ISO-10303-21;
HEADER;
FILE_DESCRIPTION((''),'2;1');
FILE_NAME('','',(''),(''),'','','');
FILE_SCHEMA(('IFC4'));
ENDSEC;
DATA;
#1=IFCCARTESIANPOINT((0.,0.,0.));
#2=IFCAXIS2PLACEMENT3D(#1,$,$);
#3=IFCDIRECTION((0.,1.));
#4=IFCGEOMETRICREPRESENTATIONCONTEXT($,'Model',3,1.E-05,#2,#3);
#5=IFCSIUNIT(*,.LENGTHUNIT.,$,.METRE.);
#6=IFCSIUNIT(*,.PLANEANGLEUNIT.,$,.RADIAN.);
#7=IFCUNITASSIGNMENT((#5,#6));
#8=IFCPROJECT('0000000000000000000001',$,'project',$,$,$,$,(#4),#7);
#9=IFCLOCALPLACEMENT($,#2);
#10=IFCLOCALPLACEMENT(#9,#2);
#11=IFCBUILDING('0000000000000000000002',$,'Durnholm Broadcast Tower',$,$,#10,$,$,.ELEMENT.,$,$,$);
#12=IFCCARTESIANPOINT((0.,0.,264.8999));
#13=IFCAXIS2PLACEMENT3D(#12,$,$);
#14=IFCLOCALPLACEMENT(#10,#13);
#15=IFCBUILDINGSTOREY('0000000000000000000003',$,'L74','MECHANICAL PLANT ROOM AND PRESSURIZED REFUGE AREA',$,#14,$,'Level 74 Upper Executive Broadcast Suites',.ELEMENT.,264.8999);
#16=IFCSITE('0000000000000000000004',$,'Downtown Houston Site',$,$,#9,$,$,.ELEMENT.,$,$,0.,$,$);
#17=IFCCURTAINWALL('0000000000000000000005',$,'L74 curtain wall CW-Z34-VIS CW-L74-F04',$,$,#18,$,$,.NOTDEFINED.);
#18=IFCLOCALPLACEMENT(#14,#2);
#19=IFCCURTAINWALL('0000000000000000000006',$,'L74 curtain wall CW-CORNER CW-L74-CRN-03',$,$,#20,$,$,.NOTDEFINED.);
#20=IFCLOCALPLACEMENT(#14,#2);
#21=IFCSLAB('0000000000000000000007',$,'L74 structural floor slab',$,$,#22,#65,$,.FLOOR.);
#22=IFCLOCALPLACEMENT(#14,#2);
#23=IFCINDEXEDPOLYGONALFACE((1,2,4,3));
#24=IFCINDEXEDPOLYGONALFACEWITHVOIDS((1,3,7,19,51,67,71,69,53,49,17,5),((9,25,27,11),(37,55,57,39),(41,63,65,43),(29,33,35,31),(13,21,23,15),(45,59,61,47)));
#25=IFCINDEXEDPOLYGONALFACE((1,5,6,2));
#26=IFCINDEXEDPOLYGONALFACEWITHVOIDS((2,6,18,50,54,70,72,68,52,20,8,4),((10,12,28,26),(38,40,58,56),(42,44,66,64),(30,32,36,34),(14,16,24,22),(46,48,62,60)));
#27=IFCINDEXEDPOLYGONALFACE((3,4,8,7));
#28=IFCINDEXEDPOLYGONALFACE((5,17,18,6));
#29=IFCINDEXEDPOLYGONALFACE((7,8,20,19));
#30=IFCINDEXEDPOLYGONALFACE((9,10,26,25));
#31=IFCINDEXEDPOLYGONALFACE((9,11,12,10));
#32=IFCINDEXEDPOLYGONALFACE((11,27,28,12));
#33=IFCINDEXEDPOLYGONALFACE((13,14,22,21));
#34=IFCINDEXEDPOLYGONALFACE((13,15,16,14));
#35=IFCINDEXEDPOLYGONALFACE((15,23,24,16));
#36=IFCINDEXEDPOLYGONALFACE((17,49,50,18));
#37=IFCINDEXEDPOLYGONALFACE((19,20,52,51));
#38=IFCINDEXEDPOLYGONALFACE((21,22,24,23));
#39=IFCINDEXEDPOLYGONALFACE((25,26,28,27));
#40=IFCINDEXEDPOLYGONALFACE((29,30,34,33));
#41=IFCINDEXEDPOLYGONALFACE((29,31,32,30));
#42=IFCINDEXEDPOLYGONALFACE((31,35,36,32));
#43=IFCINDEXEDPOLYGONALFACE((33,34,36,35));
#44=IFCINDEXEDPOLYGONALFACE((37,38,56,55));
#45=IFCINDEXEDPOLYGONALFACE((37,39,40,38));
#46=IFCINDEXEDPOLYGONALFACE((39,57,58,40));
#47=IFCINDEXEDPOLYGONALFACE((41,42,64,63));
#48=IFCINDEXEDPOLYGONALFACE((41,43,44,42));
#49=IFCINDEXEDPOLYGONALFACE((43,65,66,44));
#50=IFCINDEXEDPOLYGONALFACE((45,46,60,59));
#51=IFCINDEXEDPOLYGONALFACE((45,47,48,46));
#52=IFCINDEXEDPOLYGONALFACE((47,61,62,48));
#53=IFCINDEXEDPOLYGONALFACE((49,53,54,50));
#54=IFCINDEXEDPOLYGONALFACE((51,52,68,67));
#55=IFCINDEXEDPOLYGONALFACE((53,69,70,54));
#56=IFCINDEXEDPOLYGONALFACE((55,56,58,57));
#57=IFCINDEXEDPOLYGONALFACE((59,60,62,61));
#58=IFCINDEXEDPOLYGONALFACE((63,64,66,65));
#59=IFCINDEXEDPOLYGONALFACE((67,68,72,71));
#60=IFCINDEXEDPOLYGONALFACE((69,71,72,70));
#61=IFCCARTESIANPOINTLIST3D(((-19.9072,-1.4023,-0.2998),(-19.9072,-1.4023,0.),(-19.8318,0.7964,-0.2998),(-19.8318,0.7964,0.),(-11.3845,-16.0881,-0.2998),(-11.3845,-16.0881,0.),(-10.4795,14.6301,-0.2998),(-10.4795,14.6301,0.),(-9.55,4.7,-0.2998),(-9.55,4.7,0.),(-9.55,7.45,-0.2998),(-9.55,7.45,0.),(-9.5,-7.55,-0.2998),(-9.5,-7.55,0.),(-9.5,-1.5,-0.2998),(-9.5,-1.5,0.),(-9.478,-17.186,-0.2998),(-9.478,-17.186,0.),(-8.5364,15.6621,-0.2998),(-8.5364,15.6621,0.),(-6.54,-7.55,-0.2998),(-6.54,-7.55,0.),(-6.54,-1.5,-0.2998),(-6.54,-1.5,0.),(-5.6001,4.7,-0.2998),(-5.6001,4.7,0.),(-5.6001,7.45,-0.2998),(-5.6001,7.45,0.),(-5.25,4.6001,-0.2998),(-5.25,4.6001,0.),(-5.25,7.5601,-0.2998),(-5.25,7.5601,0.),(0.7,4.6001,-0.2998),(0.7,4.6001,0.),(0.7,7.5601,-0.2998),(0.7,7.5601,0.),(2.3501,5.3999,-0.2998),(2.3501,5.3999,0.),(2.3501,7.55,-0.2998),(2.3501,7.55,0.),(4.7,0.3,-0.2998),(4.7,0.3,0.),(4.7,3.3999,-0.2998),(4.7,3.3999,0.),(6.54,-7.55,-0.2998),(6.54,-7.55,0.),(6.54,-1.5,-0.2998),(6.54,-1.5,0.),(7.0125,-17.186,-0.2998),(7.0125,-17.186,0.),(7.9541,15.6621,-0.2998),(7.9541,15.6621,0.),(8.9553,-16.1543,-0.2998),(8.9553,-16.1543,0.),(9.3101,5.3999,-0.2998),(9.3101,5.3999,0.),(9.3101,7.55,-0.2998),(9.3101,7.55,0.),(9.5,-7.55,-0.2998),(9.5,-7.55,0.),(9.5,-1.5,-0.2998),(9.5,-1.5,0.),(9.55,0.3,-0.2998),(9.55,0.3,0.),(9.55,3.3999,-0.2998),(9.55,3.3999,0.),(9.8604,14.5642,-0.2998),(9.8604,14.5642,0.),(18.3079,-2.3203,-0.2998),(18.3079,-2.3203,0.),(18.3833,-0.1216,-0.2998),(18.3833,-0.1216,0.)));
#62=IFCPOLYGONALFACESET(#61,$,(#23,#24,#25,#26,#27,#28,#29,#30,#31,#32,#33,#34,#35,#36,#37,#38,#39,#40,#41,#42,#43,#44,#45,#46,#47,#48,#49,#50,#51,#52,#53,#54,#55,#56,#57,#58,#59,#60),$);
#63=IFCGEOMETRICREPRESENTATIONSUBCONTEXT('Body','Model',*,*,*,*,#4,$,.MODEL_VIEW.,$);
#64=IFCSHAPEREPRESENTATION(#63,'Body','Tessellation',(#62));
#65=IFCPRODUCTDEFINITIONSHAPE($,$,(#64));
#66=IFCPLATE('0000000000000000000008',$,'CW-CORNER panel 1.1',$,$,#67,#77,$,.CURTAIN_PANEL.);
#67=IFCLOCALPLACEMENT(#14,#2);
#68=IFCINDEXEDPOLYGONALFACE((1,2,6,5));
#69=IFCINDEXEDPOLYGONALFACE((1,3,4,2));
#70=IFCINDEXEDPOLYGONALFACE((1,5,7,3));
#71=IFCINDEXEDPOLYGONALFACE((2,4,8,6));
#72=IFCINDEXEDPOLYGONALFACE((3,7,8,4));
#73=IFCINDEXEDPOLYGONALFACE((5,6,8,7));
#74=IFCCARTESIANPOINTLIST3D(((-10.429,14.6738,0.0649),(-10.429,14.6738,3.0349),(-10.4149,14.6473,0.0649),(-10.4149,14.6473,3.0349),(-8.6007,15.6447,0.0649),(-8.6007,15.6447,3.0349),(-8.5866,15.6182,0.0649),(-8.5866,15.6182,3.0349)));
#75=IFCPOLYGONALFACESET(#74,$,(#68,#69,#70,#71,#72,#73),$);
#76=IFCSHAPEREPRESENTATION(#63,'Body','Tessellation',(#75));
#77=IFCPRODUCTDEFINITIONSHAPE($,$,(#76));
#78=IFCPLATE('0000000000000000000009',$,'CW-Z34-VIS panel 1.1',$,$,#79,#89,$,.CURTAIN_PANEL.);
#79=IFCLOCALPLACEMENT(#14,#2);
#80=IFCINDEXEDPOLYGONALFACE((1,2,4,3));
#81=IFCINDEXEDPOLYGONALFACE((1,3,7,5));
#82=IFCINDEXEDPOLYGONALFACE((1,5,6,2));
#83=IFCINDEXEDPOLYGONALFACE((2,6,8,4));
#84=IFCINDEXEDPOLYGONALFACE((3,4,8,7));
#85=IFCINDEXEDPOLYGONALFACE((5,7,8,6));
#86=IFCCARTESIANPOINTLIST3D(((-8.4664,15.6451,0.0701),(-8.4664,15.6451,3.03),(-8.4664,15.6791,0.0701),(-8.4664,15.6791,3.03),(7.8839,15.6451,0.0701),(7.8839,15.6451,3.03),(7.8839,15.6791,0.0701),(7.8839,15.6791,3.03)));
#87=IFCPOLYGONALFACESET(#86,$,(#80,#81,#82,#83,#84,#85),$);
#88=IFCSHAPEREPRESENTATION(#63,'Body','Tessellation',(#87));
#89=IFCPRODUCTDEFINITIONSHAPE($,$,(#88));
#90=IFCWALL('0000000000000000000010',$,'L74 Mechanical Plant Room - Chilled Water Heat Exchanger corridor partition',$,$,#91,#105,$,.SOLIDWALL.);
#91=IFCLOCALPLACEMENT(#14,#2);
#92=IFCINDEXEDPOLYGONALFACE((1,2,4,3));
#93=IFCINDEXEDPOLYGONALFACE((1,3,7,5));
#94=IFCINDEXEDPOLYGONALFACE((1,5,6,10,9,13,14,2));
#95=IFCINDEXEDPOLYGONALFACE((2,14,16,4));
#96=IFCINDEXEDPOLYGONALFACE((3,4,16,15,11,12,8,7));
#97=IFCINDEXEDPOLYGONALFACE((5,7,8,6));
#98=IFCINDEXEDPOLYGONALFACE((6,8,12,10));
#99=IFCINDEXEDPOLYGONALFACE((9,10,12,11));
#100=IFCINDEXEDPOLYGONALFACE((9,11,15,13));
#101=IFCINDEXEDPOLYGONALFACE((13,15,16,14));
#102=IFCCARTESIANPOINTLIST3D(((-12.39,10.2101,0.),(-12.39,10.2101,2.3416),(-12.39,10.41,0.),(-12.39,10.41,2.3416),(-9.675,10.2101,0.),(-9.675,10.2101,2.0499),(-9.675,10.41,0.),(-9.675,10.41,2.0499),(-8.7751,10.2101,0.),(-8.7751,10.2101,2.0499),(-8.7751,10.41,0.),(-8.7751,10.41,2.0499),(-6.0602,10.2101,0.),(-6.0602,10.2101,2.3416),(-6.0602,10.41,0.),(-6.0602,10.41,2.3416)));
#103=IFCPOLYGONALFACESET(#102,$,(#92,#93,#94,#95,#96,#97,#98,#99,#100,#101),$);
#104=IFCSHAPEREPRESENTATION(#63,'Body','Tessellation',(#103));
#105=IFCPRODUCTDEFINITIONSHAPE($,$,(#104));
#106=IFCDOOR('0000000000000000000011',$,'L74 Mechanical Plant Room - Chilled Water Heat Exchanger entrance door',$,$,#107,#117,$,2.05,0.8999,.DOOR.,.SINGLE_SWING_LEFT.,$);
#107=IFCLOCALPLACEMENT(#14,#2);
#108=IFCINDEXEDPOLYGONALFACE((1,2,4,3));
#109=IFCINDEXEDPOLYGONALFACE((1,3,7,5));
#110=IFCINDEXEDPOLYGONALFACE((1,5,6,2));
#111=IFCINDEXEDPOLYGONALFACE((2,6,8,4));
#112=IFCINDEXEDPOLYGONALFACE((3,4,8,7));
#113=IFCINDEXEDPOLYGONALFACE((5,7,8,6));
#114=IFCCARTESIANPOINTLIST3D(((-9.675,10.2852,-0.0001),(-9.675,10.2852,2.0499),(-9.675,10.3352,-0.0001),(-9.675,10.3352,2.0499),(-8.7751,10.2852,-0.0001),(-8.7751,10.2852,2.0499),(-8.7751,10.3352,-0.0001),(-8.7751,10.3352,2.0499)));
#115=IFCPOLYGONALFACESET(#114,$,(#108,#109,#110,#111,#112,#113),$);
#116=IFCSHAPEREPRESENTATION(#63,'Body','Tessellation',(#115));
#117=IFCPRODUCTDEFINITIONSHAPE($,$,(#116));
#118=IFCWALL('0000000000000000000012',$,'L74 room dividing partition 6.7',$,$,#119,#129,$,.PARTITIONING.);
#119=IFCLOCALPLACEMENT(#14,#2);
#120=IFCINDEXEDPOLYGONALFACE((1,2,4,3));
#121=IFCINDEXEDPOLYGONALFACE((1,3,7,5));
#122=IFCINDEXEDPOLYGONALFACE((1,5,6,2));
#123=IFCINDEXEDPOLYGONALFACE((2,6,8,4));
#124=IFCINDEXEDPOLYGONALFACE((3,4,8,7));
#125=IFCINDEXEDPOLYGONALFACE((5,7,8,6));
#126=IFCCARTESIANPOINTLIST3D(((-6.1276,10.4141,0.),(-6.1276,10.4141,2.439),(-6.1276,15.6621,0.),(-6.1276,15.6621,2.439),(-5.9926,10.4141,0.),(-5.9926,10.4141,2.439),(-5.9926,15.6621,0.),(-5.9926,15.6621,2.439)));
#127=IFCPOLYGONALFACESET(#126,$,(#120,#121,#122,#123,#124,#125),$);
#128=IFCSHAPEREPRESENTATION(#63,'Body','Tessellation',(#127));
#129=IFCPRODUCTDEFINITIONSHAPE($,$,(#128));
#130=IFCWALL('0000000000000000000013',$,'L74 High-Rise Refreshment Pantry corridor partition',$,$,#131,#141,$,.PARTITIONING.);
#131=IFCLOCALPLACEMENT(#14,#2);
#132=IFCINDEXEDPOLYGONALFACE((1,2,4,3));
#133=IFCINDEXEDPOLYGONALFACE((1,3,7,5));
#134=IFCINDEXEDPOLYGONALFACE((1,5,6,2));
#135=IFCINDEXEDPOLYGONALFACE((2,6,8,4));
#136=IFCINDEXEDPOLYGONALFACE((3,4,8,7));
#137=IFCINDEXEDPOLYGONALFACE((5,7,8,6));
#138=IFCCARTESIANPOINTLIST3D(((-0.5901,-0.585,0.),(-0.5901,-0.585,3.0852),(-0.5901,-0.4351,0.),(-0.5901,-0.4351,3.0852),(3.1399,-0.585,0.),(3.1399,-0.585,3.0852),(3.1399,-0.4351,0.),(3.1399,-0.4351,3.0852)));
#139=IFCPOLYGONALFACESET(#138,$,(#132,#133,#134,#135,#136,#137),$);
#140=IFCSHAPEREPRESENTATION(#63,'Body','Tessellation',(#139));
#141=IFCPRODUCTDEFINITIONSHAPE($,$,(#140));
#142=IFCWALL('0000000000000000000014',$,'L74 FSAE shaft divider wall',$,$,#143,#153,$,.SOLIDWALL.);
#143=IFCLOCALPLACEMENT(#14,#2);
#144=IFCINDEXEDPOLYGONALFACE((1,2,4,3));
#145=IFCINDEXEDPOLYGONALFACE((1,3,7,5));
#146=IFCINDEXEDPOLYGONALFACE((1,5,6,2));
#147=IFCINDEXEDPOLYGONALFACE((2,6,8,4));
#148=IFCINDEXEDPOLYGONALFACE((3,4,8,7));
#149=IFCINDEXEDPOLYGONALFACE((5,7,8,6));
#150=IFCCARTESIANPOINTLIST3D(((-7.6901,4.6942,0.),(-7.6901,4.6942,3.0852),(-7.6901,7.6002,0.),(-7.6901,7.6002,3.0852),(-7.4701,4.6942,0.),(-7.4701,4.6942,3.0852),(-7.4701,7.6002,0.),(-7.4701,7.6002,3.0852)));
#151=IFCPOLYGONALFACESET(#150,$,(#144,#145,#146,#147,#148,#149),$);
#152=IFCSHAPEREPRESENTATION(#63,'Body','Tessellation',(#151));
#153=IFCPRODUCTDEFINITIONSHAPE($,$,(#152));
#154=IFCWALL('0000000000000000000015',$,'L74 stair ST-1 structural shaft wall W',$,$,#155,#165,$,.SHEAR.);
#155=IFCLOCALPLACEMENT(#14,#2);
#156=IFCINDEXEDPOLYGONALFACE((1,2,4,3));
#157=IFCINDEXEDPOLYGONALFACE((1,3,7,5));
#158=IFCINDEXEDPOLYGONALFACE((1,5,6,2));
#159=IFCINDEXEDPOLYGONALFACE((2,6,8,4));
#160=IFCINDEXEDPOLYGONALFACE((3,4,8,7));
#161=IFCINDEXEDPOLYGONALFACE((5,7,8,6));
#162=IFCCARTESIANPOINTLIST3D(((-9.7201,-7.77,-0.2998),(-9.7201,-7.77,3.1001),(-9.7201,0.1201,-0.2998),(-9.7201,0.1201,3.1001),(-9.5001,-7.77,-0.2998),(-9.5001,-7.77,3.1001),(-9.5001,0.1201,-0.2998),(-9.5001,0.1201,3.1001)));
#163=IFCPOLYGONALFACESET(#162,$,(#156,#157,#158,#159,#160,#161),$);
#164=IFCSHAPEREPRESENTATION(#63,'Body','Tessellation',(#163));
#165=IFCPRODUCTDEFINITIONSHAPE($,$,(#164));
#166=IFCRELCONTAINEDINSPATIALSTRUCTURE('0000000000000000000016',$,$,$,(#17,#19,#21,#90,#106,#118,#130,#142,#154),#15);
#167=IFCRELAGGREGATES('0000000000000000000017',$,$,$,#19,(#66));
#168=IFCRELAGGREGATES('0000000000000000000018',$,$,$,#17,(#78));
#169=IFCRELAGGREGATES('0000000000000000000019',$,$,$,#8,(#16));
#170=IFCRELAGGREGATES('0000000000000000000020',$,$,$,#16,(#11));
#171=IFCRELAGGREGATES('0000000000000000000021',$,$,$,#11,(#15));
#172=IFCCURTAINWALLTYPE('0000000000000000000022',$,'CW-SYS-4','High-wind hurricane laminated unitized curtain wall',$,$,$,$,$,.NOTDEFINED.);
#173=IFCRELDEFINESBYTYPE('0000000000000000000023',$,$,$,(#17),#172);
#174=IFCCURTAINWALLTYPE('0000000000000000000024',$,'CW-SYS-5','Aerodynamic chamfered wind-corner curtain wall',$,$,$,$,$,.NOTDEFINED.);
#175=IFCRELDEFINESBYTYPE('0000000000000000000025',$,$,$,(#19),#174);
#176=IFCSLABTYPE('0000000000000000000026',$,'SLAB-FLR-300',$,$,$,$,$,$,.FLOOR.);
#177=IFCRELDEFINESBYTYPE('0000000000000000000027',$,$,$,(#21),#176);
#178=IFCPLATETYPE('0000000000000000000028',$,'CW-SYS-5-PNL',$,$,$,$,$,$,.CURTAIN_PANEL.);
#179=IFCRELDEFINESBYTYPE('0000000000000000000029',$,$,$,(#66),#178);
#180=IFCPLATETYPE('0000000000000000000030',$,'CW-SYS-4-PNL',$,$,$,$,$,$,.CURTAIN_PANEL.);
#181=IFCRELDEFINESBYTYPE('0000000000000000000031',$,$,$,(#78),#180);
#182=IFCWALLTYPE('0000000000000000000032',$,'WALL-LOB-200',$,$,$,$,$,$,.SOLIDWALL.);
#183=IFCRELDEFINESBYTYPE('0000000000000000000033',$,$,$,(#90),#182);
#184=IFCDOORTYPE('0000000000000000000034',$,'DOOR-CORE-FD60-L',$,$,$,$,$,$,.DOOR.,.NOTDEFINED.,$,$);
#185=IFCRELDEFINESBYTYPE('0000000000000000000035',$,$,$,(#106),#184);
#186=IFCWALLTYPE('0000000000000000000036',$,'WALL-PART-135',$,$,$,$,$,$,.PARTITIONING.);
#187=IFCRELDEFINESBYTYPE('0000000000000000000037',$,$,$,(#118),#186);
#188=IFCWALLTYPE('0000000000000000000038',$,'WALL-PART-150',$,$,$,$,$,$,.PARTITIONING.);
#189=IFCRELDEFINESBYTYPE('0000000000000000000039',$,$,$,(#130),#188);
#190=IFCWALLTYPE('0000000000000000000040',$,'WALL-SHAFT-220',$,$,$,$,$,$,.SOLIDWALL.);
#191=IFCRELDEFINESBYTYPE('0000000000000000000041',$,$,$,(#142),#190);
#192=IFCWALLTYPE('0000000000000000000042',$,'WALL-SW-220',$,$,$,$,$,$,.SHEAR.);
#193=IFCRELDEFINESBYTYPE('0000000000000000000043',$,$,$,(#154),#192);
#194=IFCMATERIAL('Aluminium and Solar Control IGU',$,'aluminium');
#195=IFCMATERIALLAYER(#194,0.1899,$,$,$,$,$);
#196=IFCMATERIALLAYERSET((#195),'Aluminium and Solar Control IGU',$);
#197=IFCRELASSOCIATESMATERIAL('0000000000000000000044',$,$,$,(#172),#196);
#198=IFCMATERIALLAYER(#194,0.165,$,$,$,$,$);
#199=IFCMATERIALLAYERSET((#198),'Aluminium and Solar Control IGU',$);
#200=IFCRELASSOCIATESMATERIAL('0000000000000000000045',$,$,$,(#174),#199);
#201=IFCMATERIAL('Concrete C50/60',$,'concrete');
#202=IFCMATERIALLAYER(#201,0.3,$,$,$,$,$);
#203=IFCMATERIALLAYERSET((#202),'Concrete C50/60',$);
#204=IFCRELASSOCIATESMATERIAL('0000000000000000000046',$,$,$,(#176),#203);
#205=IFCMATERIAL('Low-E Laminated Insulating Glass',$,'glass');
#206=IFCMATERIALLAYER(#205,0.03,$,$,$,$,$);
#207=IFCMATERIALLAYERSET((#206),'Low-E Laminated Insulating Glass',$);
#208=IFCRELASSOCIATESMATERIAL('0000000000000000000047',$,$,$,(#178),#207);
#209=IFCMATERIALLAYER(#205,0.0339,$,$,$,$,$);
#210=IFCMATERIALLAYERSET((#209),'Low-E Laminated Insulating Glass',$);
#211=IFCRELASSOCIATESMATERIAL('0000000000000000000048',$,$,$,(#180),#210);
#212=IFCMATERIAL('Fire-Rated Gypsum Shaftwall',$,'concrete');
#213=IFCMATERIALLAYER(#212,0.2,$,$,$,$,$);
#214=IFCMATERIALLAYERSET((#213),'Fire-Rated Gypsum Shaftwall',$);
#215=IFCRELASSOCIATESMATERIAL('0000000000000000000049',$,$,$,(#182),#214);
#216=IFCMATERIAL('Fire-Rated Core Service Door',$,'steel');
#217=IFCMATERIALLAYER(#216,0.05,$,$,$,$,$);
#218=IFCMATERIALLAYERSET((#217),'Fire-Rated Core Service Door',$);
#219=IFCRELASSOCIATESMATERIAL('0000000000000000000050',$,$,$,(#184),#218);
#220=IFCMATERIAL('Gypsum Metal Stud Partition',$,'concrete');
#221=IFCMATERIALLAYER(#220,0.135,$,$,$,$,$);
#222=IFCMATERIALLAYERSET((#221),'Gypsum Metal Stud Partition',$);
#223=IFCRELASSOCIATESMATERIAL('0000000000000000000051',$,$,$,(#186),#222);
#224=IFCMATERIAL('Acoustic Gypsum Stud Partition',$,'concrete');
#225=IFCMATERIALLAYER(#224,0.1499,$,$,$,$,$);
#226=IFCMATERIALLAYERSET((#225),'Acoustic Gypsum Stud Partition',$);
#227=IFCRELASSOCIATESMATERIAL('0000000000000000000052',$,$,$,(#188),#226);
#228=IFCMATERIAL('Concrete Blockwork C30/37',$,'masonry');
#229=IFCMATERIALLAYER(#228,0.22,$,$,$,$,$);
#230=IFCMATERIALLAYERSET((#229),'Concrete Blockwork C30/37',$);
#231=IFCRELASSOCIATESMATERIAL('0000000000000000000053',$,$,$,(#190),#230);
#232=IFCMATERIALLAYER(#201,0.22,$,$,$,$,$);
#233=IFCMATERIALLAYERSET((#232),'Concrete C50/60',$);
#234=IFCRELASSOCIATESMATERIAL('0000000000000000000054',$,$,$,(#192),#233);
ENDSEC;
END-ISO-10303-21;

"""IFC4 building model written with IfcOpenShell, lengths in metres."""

from ifc_helpers import new_model, si_unit, direction, frame, frame_2d, origin, origin_2d, place, context, subcontext, project, spatial, polyline, rectangle, outline, extrude, source, transform, mapped, material, layer, layer_set, type_object, type_shapes, element, fill, aggregate, save


model = new_model("IFC4")

# Units and contexts
model_context = context("Model", 3, precision=1e-05, world=origin(), true_north=direction((0.0, 1.0)))
body_context = subcontext(model_context, "Body", "Model", "MODEL_VIEW")
ifc_project = project(units=[si_unit("LENGTHUNIT", "METRE"), si_unit("PLANEANGLEUNIT", "RADIAN")], contexts=[model_context])

# Site, building, storey
site_placement = place(None, origin())
site = spatial("IfcSite", under=ifc_project, at=site_placement, Name="Downtown Houston Site", CompositionType="ELEMENT", RefElevation=0.0)
building_placement = place(site_placement, origin())
building = spatial("IfcBuilding", under=site, at=building_placement, Name="Durnholm Broadcast Tower", CompositionType="ELEMENT")
storey_placement = place(building_placement, frame((0.0, 0.0, 264.8999)))
storey = spatial("IfcBuildingStorey", under=building, at=storey_placement, Name="L74", Description="MECHANICAL PLANT ROOM AND PRESSURIZED REFUGE AREA", LongName="Level 74 Upper Executive Broadcast Suites", CompositionType="ELEMENT", Elevation=264.8999)

# Curtain wall
ifc_material_1 = material(Name="Aluminium and Solar Control IGU", Category="aluminium")
ifc_layer_1 = layer(ifc_material_1, 0.1899)
ifc_layer_set_1 = layer_set([ifc_layer_1], Name="Aluminium and Solar Control IGU")
curtain_wall_type_1 = type_object("IfcCurtainWallType", Name="CW-SYS-4", Description="High-wind hurricane laminated unitized curtain wall", PredefinedType="NOTDEFINED", material=ifc_layer_set_1)
curtain_wall_1_placement = place(storey_placement, origin())
curtain_wall_1 = element("IfcCurtainWall", 1, at=curtain_wall_1_placement, inside=storey, type_object=curtain_wall_type_1, Name="L74 curtain wall CW-Z34-VIS CW-L74-F04", PredefinedType="NOTDEFINED")

# Curtain wall
ifc_layer_2 = layer(ifc_material_1, 0.165)
ifc_layer_set_2 = layer_set([ifc_layer_2], Name="Aluminium and Solar Control IGU")
curtain_wall_type_2 = type_object("IfcCurtainWallType", Name="CW-SYS-5", Description="Aerodynamic chamfered wind-corner curtain wall", PredefinedType="NOTDEFINED", material=ifc_layer_set_2)
curtain_wall_2_placement = place(storey_placement, origin())
curtain_wall_2 = element("IfcCurtainWall", 2, at=curtain_wall_2_placement, inside=storey, type_object=curtain_wall_type_2, Name="L74 curtain wall CW-CORNER CW-L74-CRN-03", PredefinedType="NOTDEFINED")

# Slab
ifc_material_2 = material(Name="Concrete C50/60", Category="concrete")
ifc_layer_3 = layer(ifc_material_2, 0.3)
ifc_layer_set_3 = layer_set([ifc_layer_3], Name="Concrete C50/60")
slab_type = type_object("IfcSlabType", Name="SLAB-FLR-300", PredefinedType="FLOOR", material=ifc_layer_set_3)
slab_placement = place(storey_placement, frame((0.0, 0.0, -0.2998)))
element("IfcSlab", 3, at=slab_placement, inside=storey, type_object=slab_type, Name="L74 structural floor slab", PredefinedType="FLOOR", context=body_context, shape_type="SweptSolid", body=[
    extrude(outline(polyline([(-11.3845, -16.0881), (-9.478, -17.186), (7.0125, -17.186), (8.9553, -16.1543), (18.3079, -2.3203), (18.3833, -0.1216), (9.8604, 14.5642), (7.9541, 15.6621), (-8.5364, 15.6621), (-10.4795, 14.6301), (-19.8318, 0.7964), (-19.9072, -1.4023), (-11.3845, -16.0881)]), holes=[polyline([(-6.54, -1.5), (-9.5, -1.5), (-9.5, -7.55), (-6.54, -7.55), (-6.54, -1.5)]), polyline([(9.5, -7.55), (9.5, -1.5), (6.54, -1.5), (6.54, -7.55), (9.5, -7.55)]), polyline([(9.55, 3.3999), (4.7, 3.3999), (4.7, 0.3), (9.55, 0.3), (9.55, 3.3999)]), polyline([(-9.55, 7.45), (-9.55, 4.7), (-5.6001, 4.7), (-5.6001, 7.45), (-9.55, 7.45)]), polyline([(-5.25, 4.6001), (0.7, 4.6001), (0.7, 7.5601), (-5.25, 7.5601), (-5.25, 4.6001)]), polyline([(9.3101, 7.55), (2.3501, 7.55), (2.3501, 5.3999), (9.3101, 5.3999), (9.3101, 7.55)])]), origin(), (0.0, 0.0, 1.0), 0.2998),
])

# Plates
ifc_material_3 = material(Name="Low-E Laminated Insulating Glass", Category="glass")
ifc_layer_4 = layer(ifc_material_3, 0.03)
ifc_layer_set_4 = layer_set([ifc_layer_4], Name="Low-E Laminated Insulating Glass")
plate_type_1 = type_object("IfcPlateType", Name="CW-SYS-5-PNL", PredefinedType="CURTAIN_PANEL", material=ifc_layer_set_4)
shared_shape_1 = source(origin(), body_context, "Body", "SweptSolid", [
    extrude(rectangle(XDim=2.0701, YDim=0.03, at=origin_2d()), origin(), (0.0, 0.0, 1.0), 2.97),
])
type_shapes(plate_type_1, [shared_shape_1])
plate_1_placement = place(storey_placement, frame((-9.5078, 15.146, 0.0649), z_axis=(0.0, 0.0, 1.0), x_axis=(0.883195, 0.469007, 0.0)))
plate_1 = element("IfcPlate", 4, at=plate_1_placement, type_object=plate_type_1, Name="CW-CORNER panel 1.1", PredefinedType="CURTAIN_PANEL", context=body_context, shape_type="MappedRepresentation", body=[
    mapped(shared_shape_1, transform((0.0, 0.0, 0.0), x_axis=(1.0, 0.0, 0.0), y_axis=(0.0, 1.0, 0.0), z_axis=(0.0, 0.0, 1.0), scale=1.0)),
])
aggregate(curtain_wall_2, [plate_1])
ifc_layer_5 = layer(ifc_material_3, 0.0339)
ifc_layer_set_5 = layer_set([ifc_layer_5], Name="Low-E Laminated Insulating Glass")
plate_type_2 = type_object("IfcPlateType", Name="CW-SYS-4-PNL", PredefinedType="CURTAIN_PANEL", material=ifc_layer_set_5)
shared_shape_2 = source(origin(), body_context, "Body", "SweptSolid", [
    extrude(rectangle(XDim=16.3503, YDim=0.0339, at=origin_2d()), origin(), (0.0, 0.0, 1.0), 2.96),
])
type_shapes(plate_type_2, [shared_shape_2])
plate_2_placement = place(storey_placement, frame((-0.2913, 15.6621, 0.0701), z_axis=(0.0, 0.0, 1.0), x_axis=(1.0, 0.0, 0.0)))
plate_2 = element("IfcPlate", 5, at=plate_2_placement, type_object=plate_type_2, Name="CW-Z34-VIS panel 1.1", PredefinedType="CURTAIN_PANEL", context=body_context, shape_type="MappedRepresentation", body=[
    mapped(shared_shape_2, transform((0.0, 0.0, 0.0), x_axis=(1.0, 0.0, 0.0), y_axis=(0.0, 1.0, 0.0), z_axis=(0.0, 0.0, 1.0), scale=1.0)),
])
aggregate(curtain_wall_1, [plate_2])

# Wall, opening, door
ifc_material_4 = material(Name="Fire-Rated Gypsum Shaftwall", Category="concrete")
ifc_layer_6 = layer(ifc_material_4, 0.2)
ifc_layer_set_6 = layer_set([ifc_layer_6], Name="Fire-Rated Gypsum Shaftwall")
wall_type_1 = type_object("IfcWallType", Name="WALL-LOB-200", PredefinedType="SOLIDWALL", material=ifc_layer_set_6)
wall_1_placement = place(storey_placement, frame((-6.0601, 10.3101, 0.0), z_axis=(0.0, 0.0, 1.0), x_axis=(-1.0, 0.0, 0.0)))
wall_1 = element("IfcWall", 6, at=wall_1_placement, inside=storey, type_object=wall_type_1, Name="L74 Mechanical Plant Room - Chilled Water Heat Exchanger corridor partition", PredefinedType="SOLIDWALL", context=body_context, shape_type="SweptSolid", body=[
    extrude(rectangle(XDim=6.3298, YDim=0.2, at=frame_2d((3.165, 0.0))), origin(), (0.0, 0.0, 1.0), 2.3416),
])
opening_1_placement = place(wall_1_placement, frame((2.7151, 0.0, 0.0)))
opening_1 = element("IfcOpeningElement", 7, at=opening_1_placement, cuts=wall_1, PredefinedType="OPENING", context=body_context, shape_type="SweptSolid", body=[
    extrude(rectangle(XDim=0.8999, YDim=2.05, at=frame_2d((0.45, 1.0249))), frame((0.0, 0.1099, 0.0), z_axis=(0.0, -1.0, 0.0), x_axis=(1.0, 0.0, 0.0)), (0.0, 0.0, 1.0), 0.22),
])
ifc_material_5 = material(Name="Fire-Rated Core Service Door", Category="steel")
ifc_layer_7 = layer(ifc_material_5, 0.05)
ifc_layer_set_7 = layer_set([ifc_layer_7], Name="Fire-Rated Core Service Door")
door_type_1 = type_object("IfcDoorType", Name="DOOR-CORE-FD60-L", OperationType="NOTDEFINED", PredefinedType="DOOR", material=ifc_layer_set_7)
shared_shape_3 = source(origin(), body_context, "Body", "SweptSolid", [
    extrude(rectangle(XDim=0.8999, YDim=2.05, at=frame_2d((0.45, 1.0249))), frame((0.0, 0.0249, 0.0), z_axis=(0.0, -1.0, 0.0), x_axis=(1.0, 0.0, 0.0)), (0.0, 0.0, 1.0), 0.05),
])
type_shapes(door_type_1, [shared_shape_3])
door_1_placement = place(opening_1_placement, origin())
door_1 = element("IfcDoor", 8, at=door_1_placement, inside=storey, type_object=door_type_1, Name="L74 Mechanical Plant Room - Chilled Water Heat Exchanger entrance door", OperationType="SINGLE_SWING_LEFT", OverallHeight=2.05, OverallWidth=0.8999, PredefinedType="DOOR", context=body_context, shape_type="MappedRepresentation", body=[
    mapped(shared_shape_3, transform((0.0, 0.0, 0.0), x_axis=(1.0, 0.0, 0.0), y_axis=(0.0, 1.0, 0.0), z_axis=(0.0, 0.0, 1.0), scale=1.0)),
])
fill(opening_1, door_1)

# Walls
ifc_material_6 = material(Name="Gypsum Metal Stud Partition", Category="concrete")
ifc_layer_8 = layer(ifc_material_6, 0.135)
ifc_layer_set_8 = layer_set([ifc_layer_8], Name="Gypsum Metal Stud Partition")
wall_type_2 = type_object("IfcWallType", Name="WALL-PART-135", PredefinedType="PARTITIONING", material=ifc_layer_set_8)
wall_2_placement = place(storey_placement, frame((-6.0601, 15.6621, 0.0), z_axis=(0.0, 0.0, 1.0), x_axis=(0.0, -1.0, 0.0)))
element("IfcWall", 9, at=wall_2_placement, inside=storey, type_object=wall_type_2, Name="L74 room dividing partition 6.7", PredefinedType="PARTITIONING", context=body_context, shape_type="SweptSolid", body=[
    extrude(rectangle(XDim=5.248, YDim=0.135, at=frame_2d((2.624, 0.0))), origin(), (0.0, 0.0, 1.0), 2.439),
])
ifc_material_7 = material(Name="Acoustic Gypsum Stud Partition", Category="concrete")
ifc_layer_9 = layer(ifc_material_7, 0.1499)
ifc_layer_set_9 = layer_set([ifc_layer_9], Name="Acoustic Gypsum Stud Partition")
wall_type_3 = type_object("IfcWallType", Name="WALL-PART-150", PredefinedType="PARTITIONING", material=ifc_layer_set_9)
wall_3_placement = place(storey_placement, frame((-0.5901, -0.51, 0.0), z_axis=(0.0, 0.0, 1.0), x_axis=(1.0, 0.0, 0.0)))
element("IfcWall", 10, at=wall_3_placement, inside=storey, type_object=wall_type_3, Name="L74 High-Rise Refreshment Pantry corridor partition", PredefinedType="PARTITIONING", context=body_context, shape_type="SweptSolid", body=[
    extrude(rectangle(XDim=3.73, YDim=0.1499, at=frame_2d((1.865, 0.0))), origin(), (0.0, 0.0, 1.0), 3.0852),
])
ifc_material_8 = material(Name="Concrete Blockwork C30/37", Category="masonry")
ifc_layer_10 = layer(ifc_material_8, 0.22)
ifc_layer_set_10 = layer_set([ifc_layer_10], Name="Concrete Blockwork C30/37")
wall_type_4 = type_object("IfcWallType", Name="WALL-SHAFT-220", PredefinedType="SOLIDWALL", material=ifc_layer_set_10)
wall_4_placement = place(storey_placement, frame((-7.5801, 4.6941, 0.0), z_axis=(0.0, 0.0, 1.0), x_axis=(0.0, 1.0, 0.0)))
element("IfcWall", 11, at=wall_4_placement, inside=storey, type_object=wall_type_4, Name="L74 FSAE shaft divider wall", PredefinedType="SOLIDWALL", context=body_context, shape_type="SweptSolid", body=[
    extrude(rectangle(XDim=2.906, YDim=0.22, at=frame_2d((1.4531, 0.0))), origin(), (0.0, 0.0, 1.0), 3.0852),
])
ifc_layer_11 = layer(ifc_material_2, 0.22)
ifc_layer_set_11 = layer_set([ifc_layer_11], Name="Concrete C50/60")
wall_type_5 = type_object("IfcWallType", Name="WALL-SW-220", PredefinedType="SHEAR", material=ifc_layer_set_11)
wall_5_placement = place(storey_placement, frame((-9.6101, 0.1201, -0.2998), z_axis=(0.0, 0.0, 1.0), x_axis=(0.0, -1.0, 0.0)))
element("IfcWall", 12, at=wall_5_placement, inside=storey, type_object=wall_type_5, Name="L74 stair ST-1 structural shaft wall W", PredefinedType="SHEAR", context=body_context, shape_type="SweptSolid", body=[
    extrude(rectangle(XDim=7.8901, YDim=0.22, at=frame_2d((3.9451, 0.0))), origin(), (0.0, 0.0, 1.0), 3.3999),
])

save(model, "model.ifc")
